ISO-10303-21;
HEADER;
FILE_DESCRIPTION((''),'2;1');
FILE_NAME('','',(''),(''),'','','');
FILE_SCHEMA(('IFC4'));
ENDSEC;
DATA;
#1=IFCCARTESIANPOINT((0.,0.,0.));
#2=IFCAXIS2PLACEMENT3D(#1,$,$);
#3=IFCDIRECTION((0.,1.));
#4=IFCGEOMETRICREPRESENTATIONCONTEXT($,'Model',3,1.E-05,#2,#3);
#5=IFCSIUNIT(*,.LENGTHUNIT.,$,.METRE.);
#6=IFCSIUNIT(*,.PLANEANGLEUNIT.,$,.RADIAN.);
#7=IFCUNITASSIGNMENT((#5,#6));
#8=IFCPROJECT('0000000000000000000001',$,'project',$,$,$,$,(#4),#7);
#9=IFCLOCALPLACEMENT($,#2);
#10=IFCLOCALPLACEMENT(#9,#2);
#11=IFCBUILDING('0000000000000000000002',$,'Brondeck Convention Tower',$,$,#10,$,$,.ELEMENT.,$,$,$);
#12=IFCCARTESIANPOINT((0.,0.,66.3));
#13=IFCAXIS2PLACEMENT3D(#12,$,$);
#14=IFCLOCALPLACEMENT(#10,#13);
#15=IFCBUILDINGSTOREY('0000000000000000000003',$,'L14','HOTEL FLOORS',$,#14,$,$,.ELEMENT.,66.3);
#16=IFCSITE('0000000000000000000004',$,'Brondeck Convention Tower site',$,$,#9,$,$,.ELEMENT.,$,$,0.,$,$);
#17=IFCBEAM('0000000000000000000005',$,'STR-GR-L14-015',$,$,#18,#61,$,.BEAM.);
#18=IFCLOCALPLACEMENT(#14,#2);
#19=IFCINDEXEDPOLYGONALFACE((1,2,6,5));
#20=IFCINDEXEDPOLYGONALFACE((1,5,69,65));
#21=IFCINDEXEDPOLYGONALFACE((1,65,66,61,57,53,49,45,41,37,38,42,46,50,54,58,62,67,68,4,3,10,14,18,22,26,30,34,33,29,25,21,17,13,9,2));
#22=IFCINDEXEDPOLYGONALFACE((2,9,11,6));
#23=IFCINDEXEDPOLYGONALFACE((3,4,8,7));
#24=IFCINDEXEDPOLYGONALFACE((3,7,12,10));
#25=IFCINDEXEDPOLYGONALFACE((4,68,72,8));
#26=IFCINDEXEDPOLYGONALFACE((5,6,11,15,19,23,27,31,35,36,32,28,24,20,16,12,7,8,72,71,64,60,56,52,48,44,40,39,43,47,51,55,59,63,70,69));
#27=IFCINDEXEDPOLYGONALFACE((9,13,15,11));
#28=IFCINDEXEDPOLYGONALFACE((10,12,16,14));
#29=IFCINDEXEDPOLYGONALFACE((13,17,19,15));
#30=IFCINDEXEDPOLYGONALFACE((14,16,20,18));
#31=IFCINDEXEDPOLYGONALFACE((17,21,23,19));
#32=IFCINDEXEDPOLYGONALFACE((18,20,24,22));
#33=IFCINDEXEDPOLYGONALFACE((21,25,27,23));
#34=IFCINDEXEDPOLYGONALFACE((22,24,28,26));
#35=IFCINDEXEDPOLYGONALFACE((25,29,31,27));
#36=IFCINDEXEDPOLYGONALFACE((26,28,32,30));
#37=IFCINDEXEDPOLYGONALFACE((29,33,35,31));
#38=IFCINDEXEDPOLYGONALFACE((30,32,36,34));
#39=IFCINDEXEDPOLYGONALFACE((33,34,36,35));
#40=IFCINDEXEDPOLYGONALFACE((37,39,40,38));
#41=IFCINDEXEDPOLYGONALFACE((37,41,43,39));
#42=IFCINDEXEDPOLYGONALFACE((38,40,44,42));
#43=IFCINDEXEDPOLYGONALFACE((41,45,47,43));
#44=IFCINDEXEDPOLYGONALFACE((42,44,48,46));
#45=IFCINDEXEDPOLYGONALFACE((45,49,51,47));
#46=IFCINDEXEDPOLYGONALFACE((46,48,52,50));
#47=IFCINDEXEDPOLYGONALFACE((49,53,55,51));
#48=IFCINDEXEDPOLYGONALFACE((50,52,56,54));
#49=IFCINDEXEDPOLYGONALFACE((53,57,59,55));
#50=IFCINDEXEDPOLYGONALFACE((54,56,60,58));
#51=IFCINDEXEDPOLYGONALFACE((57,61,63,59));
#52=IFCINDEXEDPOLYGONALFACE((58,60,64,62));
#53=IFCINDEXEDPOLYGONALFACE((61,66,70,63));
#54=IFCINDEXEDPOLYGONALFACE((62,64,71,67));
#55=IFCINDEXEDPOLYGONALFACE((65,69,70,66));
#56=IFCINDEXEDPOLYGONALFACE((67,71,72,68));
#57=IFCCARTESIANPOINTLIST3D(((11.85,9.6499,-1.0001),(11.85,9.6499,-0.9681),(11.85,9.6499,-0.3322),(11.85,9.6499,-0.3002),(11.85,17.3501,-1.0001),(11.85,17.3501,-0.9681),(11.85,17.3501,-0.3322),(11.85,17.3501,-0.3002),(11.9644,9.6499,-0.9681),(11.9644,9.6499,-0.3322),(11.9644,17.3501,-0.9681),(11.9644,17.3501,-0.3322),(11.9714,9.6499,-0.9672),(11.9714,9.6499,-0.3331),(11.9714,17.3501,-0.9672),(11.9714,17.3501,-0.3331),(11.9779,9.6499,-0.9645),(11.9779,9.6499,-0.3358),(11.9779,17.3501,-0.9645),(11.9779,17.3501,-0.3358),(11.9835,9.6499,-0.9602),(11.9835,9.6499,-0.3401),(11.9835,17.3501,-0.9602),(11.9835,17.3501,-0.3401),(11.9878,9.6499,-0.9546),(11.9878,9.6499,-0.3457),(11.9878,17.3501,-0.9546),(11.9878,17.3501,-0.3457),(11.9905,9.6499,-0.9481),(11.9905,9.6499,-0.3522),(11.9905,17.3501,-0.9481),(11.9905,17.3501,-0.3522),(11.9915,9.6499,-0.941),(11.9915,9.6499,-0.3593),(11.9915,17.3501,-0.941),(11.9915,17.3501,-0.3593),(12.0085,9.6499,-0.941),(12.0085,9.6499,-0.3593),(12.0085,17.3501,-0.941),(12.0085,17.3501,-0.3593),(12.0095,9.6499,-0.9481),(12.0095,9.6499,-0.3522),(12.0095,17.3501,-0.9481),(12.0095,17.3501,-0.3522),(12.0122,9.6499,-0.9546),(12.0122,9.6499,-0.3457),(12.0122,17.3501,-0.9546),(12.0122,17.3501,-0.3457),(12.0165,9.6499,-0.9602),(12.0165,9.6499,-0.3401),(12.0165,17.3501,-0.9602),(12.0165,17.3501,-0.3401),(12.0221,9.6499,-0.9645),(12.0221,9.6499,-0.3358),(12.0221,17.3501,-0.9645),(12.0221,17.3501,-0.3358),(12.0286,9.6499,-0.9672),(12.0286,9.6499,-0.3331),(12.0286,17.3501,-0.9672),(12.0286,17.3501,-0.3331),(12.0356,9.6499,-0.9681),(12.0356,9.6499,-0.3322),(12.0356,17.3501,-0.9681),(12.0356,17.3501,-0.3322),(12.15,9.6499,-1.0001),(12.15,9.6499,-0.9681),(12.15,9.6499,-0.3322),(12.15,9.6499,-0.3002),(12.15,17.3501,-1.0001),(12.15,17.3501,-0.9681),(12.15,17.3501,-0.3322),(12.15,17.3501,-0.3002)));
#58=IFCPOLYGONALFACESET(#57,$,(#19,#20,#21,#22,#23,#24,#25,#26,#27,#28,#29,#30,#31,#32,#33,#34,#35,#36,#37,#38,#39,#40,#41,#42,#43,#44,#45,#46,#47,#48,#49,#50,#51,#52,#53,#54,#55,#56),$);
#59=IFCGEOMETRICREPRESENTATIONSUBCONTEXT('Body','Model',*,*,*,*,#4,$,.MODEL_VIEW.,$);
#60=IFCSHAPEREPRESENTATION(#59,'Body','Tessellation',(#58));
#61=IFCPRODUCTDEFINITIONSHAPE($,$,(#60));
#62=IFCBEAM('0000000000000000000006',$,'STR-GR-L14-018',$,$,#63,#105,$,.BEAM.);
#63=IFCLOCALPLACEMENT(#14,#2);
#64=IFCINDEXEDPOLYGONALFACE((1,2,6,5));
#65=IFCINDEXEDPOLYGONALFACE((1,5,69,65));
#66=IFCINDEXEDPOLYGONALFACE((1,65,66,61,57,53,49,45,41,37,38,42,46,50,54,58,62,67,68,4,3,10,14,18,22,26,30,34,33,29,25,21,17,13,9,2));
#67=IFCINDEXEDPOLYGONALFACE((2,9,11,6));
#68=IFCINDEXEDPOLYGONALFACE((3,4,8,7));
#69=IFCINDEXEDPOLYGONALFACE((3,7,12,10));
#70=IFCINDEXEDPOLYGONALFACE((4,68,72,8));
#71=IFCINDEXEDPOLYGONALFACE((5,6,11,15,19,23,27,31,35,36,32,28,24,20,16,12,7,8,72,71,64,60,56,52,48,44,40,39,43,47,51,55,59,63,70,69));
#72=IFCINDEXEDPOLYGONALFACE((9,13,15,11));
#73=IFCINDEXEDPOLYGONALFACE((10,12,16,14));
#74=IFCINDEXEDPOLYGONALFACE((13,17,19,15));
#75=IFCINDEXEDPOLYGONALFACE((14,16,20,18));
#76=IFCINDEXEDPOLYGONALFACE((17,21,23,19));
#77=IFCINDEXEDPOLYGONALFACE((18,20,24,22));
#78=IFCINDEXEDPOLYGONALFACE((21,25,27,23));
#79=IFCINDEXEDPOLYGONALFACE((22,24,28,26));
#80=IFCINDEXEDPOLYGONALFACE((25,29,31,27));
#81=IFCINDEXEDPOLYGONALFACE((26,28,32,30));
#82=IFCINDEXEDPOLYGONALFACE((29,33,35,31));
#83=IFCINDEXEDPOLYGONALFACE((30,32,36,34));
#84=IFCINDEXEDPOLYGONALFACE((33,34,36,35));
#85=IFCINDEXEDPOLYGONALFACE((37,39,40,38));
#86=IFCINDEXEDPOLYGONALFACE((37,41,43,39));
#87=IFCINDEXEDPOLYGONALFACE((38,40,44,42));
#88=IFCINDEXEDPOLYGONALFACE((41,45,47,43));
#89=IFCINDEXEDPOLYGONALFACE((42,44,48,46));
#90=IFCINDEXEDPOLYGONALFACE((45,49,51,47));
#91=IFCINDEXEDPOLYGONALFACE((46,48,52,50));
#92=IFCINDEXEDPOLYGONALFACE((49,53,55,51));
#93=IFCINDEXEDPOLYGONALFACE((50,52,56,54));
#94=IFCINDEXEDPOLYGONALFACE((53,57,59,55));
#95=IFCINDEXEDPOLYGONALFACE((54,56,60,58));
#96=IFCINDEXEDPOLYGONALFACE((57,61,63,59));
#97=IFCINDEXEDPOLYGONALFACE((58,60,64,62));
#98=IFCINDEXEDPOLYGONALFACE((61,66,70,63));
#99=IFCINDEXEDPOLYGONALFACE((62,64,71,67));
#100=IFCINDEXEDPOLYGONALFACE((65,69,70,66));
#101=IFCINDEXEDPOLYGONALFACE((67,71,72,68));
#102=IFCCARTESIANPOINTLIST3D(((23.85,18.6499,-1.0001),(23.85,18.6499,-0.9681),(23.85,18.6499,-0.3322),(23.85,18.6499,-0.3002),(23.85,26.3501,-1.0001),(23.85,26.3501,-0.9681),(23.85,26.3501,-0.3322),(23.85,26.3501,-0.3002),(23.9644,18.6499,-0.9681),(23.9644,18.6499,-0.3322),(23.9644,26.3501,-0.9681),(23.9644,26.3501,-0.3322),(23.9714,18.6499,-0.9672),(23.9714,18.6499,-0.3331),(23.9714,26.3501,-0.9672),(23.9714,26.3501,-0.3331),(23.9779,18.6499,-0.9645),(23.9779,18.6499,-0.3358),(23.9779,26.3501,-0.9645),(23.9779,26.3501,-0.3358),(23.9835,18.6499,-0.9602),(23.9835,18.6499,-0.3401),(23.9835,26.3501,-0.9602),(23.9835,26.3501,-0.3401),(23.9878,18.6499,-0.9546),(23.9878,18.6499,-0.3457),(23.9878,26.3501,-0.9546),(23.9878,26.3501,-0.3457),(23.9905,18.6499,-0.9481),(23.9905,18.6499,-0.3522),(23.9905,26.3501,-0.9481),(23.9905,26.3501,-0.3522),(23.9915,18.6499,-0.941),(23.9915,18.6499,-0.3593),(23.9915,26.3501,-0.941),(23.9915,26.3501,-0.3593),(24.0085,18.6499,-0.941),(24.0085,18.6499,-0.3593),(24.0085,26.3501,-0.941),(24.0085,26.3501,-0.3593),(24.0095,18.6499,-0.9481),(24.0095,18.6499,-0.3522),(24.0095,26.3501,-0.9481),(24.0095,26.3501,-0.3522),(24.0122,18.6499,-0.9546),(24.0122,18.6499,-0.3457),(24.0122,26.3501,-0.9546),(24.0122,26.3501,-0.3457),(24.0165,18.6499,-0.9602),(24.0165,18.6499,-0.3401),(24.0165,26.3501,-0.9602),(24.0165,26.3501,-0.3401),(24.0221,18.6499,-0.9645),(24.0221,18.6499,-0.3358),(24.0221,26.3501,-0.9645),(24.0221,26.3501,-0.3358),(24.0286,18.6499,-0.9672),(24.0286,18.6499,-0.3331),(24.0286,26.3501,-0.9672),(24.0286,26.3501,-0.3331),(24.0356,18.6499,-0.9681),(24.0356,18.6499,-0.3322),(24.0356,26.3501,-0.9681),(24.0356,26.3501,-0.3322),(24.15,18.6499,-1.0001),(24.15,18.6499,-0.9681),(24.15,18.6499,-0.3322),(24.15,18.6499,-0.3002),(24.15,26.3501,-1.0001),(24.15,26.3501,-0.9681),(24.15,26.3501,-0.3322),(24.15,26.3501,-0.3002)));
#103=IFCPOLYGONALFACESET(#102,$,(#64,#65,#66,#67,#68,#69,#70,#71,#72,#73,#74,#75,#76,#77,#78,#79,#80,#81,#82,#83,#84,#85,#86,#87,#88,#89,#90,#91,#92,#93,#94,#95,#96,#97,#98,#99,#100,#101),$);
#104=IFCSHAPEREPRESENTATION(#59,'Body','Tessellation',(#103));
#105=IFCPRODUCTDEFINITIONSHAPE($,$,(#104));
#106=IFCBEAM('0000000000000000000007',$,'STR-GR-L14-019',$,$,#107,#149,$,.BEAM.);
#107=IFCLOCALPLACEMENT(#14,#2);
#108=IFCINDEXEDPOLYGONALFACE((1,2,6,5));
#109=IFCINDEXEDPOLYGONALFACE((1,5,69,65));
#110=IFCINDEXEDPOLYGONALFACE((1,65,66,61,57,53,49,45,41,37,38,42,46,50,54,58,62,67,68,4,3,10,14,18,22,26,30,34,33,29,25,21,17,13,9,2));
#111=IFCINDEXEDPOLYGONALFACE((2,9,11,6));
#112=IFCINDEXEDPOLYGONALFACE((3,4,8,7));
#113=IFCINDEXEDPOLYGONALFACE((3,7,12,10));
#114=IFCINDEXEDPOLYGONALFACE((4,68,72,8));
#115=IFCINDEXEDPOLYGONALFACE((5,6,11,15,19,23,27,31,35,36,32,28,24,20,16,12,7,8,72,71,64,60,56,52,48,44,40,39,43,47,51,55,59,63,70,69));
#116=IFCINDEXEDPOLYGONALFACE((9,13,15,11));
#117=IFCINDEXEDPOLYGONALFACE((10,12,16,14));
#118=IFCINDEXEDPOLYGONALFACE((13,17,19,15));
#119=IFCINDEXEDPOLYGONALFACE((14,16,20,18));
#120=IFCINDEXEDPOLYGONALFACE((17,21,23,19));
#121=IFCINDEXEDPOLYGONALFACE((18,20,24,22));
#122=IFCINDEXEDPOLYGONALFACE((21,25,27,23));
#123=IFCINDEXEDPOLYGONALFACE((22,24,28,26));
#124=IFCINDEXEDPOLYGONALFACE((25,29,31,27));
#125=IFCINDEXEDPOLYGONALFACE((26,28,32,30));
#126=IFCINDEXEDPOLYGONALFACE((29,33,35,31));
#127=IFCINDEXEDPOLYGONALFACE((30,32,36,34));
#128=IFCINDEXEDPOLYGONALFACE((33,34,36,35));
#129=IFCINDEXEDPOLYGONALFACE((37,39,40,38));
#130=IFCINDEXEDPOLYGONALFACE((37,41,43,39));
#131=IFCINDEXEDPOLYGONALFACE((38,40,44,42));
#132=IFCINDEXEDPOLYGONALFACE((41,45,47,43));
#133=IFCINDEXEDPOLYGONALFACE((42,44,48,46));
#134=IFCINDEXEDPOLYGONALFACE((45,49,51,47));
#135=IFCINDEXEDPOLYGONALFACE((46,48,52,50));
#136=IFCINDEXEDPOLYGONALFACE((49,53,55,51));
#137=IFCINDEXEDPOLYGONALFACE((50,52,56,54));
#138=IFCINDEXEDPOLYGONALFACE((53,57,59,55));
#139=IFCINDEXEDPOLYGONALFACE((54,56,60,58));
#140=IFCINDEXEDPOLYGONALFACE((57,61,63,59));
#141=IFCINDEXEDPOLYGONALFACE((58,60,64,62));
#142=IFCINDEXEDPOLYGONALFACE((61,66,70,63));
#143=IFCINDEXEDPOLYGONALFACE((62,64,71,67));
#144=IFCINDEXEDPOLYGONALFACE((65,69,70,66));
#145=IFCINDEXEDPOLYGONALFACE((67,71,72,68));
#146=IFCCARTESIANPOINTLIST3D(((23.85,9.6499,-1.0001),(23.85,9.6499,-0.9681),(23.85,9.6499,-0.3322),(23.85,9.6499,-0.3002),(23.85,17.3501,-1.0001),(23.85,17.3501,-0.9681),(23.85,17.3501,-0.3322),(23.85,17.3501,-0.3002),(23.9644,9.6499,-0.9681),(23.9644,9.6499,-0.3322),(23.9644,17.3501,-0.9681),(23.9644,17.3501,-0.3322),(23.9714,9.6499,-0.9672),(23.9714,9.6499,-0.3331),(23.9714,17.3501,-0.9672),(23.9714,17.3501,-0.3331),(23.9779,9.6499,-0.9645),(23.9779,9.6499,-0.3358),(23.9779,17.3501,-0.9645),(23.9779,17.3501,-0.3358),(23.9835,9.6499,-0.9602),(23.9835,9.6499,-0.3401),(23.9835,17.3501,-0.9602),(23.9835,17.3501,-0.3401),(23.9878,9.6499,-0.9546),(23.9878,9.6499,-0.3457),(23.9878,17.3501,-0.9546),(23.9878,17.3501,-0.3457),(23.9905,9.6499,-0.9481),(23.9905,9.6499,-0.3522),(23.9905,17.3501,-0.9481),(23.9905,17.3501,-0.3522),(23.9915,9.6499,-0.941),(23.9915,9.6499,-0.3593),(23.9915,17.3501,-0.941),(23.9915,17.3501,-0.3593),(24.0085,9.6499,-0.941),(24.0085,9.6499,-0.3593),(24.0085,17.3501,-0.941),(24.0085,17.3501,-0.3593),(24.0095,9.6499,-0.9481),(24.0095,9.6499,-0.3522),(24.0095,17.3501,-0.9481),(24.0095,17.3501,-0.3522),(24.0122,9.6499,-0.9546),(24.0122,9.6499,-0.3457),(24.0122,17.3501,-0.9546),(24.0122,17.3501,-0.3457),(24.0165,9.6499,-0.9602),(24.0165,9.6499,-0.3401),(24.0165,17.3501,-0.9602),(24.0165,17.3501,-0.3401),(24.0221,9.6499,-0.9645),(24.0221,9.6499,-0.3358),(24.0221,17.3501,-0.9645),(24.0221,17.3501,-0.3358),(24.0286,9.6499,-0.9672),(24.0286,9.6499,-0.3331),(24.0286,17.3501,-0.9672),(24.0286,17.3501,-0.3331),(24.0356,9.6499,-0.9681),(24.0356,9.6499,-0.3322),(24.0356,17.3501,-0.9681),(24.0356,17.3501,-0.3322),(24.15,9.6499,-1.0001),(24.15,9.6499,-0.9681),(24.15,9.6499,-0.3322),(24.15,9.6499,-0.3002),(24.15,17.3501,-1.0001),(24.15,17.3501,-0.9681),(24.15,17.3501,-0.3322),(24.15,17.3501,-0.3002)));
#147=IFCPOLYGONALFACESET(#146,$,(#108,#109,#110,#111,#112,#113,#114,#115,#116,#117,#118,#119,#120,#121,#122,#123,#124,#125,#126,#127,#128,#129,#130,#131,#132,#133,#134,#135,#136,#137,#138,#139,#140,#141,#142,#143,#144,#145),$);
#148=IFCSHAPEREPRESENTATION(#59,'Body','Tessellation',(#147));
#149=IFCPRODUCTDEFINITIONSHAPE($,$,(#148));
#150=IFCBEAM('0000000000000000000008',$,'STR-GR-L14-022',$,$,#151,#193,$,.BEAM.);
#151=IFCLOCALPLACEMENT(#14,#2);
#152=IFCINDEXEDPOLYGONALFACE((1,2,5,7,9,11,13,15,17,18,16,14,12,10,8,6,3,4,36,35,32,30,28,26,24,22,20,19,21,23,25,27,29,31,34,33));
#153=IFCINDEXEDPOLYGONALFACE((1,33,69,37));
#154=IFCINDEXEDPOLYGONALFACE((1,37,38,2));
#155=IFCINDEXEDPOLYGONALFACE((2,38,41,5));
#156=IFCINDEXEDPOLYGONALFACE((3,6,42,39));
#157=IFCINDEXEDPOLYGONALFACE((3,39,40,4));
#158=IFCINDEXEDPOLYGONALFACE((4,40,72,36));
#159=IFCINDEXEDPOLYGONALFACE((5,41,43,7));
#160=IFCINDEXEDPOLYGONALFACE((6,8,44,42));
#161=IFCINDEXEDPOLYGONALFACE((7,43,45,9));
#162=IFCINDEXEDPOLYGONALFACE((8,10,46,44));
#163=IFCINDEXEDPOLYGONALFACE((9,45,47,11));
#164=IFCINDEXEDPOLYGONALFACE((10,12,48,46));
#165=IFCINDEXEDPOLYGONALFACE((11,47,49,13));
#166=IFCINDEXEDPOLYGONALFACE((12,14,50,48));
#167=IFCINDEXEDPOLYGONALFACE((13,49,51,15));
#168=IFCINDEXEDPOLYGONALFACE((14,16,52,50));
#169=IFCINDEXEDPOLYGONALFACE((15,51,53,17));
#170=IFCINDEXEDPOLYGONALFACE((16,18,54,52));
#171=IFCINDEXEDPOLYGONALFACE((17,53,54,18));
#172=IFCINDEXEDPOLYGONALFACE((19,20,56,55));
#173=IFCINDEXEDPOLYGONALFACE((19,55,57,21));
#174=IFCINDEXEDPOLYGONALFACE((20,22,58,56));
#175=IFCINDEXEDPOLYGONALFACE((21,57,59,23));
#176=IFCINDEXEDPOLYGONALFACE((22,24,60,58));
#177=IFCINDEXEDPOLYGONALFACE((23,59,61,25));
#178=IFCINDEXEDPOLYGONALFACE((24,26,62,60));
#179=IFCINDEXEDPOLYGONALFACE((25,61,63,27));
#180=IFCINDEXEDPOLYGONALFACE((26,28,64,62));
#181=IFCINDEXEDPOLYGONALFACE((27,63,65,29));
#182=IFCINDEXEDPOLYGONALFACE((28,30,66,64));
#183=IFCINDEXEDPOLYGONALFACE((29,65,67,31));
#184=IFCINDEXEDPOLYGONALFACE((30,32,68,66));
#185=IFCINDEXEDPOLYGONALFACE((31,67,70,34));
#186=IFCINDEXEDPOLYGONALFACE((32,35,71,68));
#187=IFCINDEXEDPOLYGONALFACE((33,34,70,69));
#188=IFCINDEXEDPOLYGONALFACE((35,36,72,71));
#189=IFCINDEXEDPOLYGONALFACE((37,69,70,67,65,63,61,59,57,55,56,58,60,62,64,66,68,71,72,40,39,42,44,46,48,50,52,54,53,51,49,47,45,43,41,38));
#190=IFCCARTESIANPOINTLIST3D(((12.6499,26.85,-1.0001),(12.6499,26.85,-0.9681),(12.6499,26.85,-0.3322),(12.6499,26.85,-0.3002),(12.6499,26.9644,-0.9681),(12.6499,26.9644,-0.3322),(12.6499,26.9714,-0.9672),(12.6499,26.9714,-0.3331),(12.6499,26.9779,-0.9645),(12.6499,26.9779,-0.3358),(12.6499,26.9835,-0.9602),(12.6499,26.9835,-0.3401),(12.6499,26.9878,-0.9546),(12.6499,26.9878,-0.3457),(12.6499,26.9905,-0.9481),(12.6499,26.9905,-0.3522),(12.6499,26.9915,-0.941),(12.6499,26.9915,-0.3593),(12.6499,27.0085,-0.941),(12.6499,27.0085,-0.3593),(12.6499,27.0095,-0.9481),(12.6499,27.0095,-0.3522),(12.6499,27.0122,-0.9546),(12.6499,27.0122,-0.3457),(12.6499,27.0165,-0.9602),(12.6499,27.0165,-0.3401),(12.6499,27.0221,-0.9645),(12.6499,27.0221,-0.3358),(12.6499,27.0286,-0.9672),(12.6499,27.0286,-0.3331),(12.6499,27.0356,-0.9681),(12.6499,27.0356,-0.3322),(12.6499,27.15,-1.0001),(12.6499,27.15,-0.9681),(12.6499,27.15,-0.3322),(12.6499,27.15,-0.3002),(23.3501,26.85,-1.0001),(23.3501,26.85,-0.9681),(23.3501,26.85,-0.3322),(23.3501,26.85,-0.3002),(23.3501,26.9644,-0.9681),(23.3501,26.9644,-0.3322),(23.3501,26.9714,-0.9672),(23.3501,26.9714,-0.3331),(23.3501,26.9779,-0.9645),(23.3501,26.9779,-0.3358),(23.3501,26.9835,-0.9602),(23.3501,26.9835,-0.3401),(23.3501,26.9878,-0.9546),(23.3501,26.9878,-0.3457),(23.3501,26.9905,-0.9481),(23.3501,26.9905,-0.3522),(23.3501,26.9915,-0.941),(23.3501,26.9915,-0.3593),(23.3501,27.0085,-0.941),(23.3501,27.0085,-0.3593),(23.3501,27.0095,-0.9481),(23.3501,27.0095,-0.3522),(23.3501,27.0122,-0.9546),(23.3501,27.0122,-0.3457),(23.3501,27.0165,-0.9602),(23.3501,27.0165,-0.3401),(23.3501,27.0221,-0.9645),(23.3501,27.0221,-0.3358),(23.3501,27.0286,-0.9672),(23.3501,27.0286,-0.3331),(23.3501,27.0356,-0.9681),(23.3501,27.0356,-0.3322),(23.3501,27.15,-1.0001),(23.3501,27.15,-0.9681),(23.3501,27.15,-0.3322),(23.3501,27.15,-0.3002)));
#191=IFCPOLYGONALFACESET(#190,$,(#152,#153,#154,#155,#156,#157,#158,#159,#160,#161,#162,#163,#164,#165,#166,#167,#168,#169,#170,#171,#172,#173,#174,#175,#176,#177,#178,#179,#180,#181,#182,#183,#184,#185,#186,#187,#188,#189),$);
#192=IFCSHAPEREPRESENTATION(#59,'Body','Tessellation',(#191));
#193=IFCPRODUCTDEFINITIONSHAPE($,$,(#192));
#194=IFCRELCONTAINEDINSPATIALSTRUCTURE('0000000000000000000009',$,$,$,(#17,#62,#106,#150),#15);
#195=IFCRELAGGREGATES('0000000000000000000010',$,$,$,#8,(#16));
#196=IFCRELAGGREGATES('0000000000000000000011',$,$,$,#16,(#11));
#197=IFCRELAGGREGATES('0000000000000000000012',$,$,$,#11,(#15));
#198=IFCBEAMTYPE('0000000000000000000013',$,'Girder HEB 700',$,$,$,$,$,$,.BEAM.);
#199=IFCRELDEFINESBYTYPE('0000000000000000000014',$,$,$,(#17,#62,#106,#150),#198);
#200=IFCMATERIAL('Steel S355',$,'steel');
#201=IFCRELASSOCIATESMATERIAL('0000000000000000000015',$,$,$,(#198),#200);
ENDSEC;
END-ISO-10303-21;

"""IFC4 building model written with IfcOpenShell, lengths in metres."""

from ifc_helpers import new_model, si_unit, direction, frame, origin, origin_2d, place, context, subcontext, project, spatial, i_section, extrude, material, material_profile, profile_set, type_object, element, save


model = new_model("IFC4")

# Units and contexts
model_context = context("Model", 3, precision=1e-05, world=origin(), true_north=direction((0.0, 1.0)))
body_context = subcontext(model_context, "Body", "Model", "MODEL_VIEW")
ifc_project = project(units=[si_unit("LENGTHUNIT", "METRE"), si_unit("PLANEANGLEUNIT", "RADIAN")], contexts=[model_context])

# Site, building, storey
site_placement = place(None, origin())
site = spatial("IfcSite", under=ifc_project, at=site_placement, Name="Brondeck Convention Tower site", CompositionType="ELEMENT", RefElevation=0.0)
building_placement = place(site_placement, origin())
building = spatial("IfcBuilding", under=site, at=building_placement, Name="Brondeck Convention Tower", CompositionType="ELEMENT")
storey_placement = place(building_placement, frame((0.0, 0.0, 66.3)))
storey = spatial("IfcBuildingStorey", under=building, at=storey_placement, Name="L14", Description="HOTEL FLOORS", CompositionType="ELEMENT", Elevation=66.3)

# Beams
ifc_material_1 = material(Name="Steel S355", Category="steel")
ifc_material_profile_1 = material_profile(ifc_material_1, i_section(OverallWidth=0.3, OverallDepth=0.7, WebThickness=0.0171, FlangeThickness=0.032, FilletRadius=0.0271, at=origin_2d()), Name="HEB 700")
ifc_profile_set_1 = profile_set([ifc_material_profile_1], Name="Steel S355")
beam_type_1 = type_object("IfcBeamType", Name="Girder HEB 700", PredefinedType="BEAM", material=ifc_profile_set_1)
for number, where, z_axis, x_axis, name in (
    (1, (12.0, 17.3501, -0.6501), (0.0, -1.0, 0.0), (1.0, 0.0, 0.0), "STR-GR-L14-015"),
    (2, (24.0, 26.3501, -0.6501), (0.0, -1.0, 0.0), (1.0, 0.0, 0.0), "STR-GR-L14-018"),
    (3, (24.0, 17.3501, -0.6501), (0.0, -1.0, 0.0), (1.0, 0.0, 0.0), "STR-GR-L14-019"),
):
    element("IfcBeam", number, at=place(storey_placement, frame(where, z_axis=z_axis, x_axis=x_axis)), inside=storey, type_object=beam_type_1, Name=name, PredefinedType="BEAM", context=body_context, shape_type="SweptSolid", body=[
        extrude(i_section(OverallWidth=0.3, OverallDepth=0.7, WebThickness=0.0171, FlangeThickness=0.032, FilletRadius=0.0271, at=origin_2d()), origin(), (0.0, 0.0, 1.0), 7.7002),
    ])
beam_1_placement = place(storey_placement, frame((12.6499, 27.0, -0.6501), z_axis=(1.0, 0.0, 0.0), x_axis=(0.0, 1.0, 0.0)))
element("IfcBeam", 4, at=beam_1_placement, inside=storey, type_object=beam_type_1, Name="STR-GR-L14-022", PredefinedType="BEAM", context=body_context, shape_type="SweptSolid", body=[
    extrude(i_section(OverallWidth=0.3, OverallDepth=0.7, WebThickness=0.0171, FlangeThickness=0.032, FilletRadius=0.0271, at=origin_2d()), origin(), (0.0, 0.0, 1.0), 10.7002),
])

save(model, "model.ifc")
